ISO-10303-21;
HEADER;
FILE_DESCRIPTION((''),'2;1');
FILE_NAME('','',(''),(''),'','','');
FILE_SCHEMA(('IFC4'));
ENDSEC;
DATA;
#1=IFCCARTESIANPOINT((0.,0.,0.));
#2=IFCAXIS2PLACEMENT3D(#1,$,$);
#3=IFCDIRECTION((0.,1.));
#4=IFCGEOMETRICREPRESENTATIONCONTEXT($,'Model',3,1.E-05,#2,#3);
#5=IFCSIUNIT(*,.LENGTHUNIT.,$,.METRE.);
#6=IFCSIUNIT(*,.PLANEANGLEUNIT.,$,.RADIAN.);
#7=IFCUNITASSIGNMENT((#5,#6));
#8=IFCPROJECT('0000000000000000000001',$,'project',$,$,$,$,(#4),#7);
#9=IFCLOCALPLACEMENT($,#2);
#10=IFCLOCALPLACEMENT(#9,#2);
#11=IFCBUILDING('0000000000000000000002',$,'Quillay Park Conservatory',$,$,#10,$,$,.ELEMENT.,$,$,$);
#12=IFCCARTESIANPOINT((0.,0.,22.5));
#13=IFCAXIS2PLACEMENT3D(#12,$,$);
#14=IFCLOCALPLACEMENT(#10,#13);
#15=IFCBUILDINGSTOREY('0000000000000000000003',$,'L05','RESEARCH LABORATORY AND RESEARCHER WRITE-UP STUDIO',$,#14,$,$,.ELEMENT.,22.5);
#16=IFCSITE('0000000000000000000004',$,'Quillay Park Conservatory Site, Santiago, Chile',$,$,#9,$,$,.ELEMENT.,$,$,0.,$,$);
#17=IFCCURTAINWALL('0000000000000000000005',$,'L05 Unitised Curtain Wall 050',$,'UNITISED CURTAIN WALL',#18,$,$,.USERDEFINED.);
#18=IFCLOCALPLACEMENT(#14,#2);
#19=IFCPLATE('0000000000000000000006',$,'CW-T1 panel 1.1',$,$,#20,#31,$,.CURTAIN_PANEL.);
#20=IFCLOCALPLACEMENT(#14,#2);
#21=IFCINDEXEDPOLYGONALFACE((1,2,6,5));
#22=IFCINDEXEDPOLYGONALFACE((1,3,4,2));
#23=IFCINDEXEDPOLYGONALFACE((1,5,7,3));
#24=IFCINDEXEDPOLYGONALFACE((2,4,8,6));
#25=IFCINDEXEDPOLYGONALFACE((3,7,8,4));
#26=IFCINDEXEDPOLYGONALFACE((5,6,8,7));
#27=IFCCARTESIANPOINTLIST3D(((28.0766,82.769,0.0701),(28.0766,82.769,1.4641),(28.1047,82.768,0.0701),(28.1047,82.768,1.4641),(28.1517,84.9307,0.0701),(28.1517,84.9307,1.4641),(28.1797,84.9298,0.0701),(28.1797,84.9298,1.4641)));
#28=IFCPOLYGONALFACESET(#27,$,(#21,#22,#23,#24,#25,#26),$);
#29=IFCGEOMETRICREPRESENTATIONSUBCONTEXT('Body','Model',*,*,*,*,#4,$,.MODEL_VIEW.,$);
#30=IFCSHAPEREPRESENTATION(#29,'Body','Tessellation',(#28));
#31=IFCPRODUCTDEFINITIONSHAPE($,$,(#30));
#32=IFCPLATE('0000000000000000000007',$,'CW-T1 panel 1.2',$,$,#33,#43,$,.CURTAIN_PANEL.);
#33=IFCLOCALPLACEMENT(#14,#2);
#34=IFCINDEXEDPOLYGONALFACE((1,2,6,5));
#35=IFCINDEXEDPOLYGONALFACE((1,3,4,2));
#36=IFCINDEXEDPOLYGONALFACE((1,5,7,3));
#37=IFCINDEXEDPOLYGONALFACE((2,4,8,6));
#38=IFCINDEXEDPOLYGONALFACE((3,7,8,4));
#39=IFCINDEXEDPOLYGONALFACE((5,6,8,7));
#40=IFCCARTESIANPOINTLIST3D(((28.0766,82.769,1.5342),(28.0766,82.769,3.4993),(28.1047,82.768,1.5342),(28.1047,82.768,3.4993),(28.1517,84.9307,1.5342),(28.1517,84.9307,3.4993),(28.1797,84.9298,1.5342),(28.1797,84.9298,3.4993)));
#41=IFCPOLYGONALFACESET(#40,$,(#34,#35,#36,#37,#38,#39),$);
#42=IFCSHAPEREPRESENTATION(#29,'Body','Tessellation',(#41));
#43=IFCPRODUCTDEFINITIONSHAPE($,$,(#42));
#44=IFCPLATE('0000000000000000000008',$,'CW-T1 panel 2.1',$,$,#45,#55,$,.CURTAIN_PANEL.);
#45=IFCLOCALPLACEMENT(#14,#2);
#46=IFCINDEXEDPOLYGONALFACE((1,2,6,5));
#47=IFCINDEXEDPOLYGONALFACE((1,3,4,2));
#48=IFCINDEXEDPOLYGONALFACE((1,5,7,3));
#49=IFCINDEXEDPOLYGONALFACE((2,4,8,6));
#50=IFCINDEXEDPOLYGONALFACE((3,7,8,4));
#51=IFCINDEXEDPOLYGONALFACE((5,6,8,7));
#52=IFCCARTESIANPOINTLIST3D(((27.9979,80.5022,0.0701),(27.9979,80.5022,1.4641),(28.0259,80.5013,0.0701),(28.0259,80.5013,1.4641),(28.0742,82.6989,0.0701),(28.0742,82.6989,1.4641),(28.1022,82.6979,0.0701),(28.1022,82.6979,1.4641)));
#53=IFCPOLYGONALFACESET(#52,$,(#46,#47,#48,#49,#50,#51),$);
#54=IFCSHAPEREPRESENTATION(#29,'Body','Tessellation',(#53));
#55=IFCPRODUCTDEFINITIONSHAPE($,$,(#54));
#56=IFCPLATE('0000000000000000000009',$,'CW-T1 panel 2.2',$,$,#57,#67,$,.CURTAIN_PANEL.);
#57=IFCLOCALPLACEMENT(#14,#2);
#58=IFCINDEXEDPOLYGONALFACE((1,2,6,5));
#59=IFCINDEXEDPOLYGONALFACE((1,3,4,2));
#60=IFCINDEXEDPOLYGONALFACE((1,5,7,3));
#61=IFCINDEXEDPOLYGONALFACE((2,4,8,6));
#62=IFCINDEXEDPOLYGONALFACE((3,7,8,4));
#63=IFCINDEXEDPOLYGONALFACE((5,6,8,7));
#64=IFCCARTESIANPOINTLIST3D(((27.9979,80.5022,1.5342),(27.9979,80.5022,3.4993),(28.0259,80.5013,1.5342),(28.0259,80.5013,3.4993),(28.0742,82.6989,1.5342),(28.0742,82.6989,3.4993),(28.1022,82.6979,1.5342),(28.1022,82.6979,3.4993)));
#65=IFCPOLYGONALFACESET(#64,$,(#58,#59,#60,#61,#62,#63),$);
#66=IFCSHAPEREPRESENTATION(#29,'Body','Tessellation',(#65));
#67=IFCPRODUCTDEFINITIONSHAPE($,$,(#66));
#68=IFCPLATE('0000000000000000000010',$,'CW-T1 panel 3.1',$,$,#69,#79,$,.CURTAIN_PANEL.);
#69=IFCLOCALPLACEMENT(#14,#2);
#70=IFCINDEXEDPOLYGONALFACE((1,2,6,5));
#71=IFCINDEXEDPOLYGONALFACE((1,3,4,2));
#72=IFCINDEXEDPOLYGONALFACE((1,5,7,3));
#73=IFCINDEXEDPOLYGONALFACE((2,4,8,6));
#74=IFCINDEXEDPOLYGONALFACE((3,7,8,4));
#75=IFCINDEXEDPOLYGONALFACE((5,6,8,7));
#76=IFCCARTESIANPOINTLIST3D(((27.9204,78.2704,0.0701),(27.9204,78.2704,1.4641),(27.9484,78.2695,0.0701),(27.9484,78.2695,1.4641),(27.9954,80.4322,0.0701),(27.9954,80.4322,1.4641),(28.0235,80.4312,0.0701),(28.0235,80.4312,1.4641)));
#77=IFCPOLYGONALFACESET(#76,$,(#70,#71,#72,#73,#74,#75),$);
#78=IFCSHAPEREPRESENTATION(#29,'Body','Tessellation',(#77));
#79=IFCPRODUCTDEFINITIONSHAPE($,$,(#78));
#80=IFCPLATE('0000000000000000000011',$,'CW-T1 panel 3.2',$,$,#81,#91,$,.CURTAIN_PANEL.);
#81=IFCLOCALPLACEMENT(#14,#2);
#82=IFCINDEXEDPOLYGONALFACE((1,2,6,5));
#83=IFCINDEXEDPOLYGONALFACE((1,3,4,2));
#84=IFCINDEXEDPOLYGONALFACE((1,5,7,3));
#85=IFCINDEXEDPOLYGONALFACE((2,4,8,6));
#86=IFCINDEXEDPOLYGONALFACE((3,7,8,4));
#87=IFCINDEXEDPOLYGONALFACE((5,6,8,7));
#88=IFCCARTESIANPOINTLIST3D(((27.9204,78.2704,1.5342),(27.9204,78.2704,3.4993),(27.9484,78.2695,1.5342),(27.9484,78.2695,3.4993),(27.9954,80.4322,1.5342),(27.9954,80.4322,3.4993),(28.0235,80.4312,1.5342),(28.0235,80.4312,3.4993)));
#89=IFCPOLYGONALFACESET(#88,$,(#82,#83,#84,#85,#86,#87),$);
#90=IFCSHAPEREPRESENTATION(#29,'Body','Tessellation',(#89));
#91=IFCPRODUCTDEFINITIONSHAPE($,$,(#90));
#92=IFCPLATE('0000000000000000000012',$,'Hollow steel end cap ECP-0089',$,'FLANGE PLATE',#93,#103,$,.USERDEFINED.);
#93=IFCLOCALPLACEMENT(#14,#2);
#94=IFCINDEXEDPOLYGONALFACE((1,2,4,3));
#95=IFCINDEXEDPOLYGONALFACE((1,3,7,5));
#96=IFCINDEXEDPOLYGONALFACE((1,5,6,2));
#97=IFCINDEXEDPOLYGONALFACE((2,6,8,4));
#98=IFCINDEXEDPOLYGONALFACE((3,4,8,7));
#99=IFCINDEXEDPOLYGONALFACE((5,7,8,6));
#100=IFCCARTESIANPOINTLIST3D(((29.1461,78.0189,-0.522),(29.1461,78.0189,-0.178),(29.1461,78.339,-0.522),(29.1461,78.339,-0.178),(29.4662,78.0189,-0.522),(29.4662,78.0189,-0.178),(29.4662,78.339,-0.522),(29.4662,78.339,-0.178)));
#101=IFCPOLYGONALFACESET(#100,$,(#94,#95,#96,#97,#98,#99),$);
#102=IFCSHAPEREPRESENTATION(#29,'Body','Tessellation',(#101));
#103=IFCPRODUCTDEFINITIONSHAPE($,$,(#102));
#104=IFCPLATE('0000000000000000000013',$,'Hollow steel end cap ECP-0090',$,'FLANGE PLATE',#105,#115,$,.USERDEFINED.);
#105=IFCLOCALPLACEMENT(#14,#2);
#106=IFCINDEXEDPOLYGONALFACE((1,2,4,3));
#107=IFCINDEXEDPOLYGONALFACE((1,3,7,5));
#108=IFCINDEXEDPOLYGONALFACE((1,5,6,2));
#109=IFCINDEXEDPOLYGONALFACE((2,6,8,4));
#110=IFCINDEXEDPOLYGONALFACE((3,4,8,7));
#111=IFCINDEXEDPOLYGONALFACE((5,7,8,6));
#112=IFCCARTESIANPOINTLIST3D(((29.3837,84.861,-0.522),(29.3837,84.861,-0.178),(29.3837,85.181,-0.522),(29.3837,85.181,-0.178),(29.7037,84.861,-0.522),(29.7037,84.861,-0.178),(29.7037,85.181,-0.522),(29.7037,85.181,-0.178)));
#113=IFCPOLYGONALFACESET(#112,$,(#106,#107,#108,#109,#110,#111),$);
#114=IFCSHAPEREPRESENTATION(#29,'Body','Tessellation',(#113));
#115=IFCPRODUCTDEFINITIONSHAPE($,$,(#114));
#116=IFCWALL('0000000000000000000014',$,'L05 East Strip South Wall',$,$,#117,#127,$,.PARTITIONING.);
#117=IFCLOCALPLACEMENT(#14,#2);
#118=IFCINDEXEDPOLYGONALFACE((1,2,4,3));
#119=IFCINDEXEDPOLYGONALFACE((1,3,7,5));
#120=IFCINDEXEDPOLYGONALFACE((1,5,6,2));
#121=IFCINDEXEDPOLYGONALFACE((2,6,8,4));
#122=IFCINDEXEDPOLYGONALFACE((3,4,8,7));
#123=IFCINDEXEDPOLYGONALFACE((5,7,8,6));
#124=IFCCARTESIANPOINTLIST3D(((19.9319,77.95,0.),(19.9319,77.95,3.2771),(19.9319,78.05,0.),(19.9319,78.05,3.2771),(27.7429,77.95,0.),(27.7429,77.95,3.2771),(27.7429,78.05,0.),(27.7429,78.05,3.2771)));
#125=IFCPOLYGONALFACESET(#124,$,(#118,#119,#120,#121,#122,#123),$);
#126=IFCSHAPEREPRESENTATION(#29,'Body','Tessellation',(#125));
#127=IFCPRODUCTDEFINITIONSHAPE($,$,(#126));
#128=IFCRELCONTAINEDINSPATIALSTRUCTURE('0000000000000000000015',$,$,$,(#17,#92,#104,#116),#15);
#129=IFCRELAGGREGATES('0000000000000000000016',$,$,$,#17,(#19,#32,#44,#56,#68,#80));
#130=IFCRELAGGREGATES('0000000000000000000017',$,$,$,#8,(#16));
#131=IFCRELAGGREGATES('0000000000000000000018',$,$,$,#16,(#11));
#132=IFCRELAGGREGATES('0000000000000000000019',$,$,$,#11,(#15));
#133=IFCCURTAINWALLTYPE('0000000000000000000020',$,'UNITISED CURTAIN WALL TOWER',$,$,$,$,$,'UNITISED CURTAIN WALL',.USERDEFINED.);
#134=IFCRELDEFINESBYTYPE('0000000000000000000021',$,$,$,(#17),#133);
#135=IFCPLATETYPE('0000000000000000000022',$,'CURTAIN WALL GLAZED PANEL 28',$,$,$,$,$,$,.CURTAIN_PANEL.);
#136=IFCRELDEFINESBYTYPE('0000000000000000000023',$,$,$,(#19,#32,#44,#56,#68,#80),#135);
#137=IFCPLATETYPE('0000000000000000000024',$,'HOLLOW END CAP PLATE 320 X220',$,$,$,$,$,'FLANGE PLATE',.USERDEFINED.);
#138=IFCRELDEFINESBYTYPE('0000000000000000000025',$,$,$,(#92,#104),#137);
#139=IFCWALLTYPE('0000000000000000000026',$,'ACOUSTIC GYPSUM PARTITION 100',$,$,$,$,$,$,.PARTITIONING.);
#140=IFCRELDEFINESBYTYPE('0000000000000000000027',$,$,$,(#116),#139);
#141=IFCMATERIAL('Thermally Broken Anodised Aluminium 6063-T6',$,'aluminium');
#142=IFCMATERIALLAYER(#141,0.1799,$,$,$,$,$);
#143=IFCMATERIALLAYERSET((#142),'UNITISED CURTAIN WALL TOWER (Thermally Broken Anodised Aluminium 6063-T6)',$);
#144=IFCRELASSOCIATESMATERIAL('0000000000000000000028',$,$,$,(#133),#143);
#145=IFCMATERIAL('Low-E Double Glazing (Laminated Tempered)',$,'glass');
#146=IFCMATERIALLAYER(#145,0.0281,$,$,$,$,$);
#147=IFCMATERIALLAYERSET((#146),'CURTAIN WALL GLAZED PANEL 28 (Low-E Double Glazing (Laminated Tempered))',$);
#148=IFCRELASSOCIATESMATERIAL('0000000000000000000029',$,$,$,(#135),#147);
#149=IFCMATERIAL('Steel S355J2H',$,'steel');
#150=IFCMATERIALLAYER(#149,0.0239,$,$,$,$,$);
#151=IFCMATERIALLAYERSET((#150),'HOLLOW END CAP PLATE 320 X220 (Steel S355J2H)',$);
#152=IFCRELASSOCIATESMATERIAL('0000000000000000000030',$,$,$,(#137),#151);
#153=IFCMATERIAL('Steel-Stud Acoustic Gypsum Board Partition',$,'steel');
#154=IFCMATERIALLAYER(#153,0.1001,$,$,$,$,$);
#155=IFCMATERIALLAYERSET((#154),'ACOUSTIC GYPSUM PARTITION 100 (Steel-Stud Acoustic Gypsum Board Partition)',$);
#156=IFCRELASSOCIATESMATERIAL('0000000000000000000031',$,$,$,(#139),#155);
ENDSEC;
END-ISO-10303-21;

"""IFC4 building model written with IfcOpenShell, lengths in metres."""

from ifc_helpers import new_model, si_unit, direction, frame, frame_2d, origin, origin_2d, place, context, subcontext, project, spatial, rectangle, extrude, material, layer, layer_set, type_object, element, aggregate, save


model = new_model("IFC4")

# Units and contexts
model_context = context("Model", 3, precision=1e-05, world=origin(), true_north=direction((0.0, 1.0)))
body_context = subcontext(model_context, "Body", "Model", "MODEL_VIEW")
ifc_project = project(units=[si_unit("LENGTHUNIT", "METRE"), si_unit("PLANEANGLEUNIT", "RADIAN")], contexts=[model_context])

# Site, building, storey
site_placement = place(None, origin())
site = spatial("IfcSite", under=ifc_project, at=site_placement, Name="Quillay Park Conservatory Site, Santiago, Chile", CompositionType="ELEMENT", RefElevation=0.0)
building_placement = place(site_placement, origin())
building = spatial("IfcBuilding", under=site, at=building_placement, Name="Quillay Park Conservatory", CompositionType="ELEMENT")
storey_placement = place(building_placement, frame((0.0, 0.0, 22.5)))
storey = spatial("IfcBuildingStorey", under=building, at=storey_placement, Name="L05", Description="RESEARCH LABORATORY AND RESEARCHER WRITE-UP STUDIO", CompositionType="ELEMENT", Elevation=22.5)

# Curtain wall
ifc_material_1 = material(Name="Thermally Broken Anodised Aluminium 6063-T6", Category="aluminium")
ifc_layer_1 = layer(ifc_material_1, 0.1799)
ifc_layer_set_1 = layer_set([ifc_layer_1], Name="UNITISED CURTAIN WALL TOWER (Thermally Broken Anodised Aluminium 6063-T6)")
curtain_wall_type = type_object("IfcCurtainWallType", Name="UNITISED CURTAIN WALL TOWER", ElementType="UNITISED CURTAIN WALL", PredefinedType="USERDEFINED", material=ifc_layer_set_1)
curtain_wall_placement = place(storey_placement, origin())
curtain_wall = element("IfcCurtainWall", 1, at=curtain_wall_placement, inside=storey, type_object=curtain_wall_type, Name="L05 Unitised Curtain Wall 050", ObjectType="UNITISED CURTAIN WALL", PredefinedType="USERDEFINED")

# Plates
ifc_material_2 = material(Name="Low-E Double Glazing (Laminated Tempered)", Category="glass")
ifc_layer_2 = layer(ifc_material_2, 0.0281)
ifc_layer_set_2 = layer_set([ifc_layer_2], Name="CURTAIN WALL GLAZED PANEL 28 (Low-E Double Glazing (Laminated Tempered))")
plate_type_1 = type_object("IfcPlateType", Name="CURTAIN WALL GLAZED PANEL 28", PredefinedType="CURTAIN_PANEL", material=ifc_layer_set_2)
plate_1_placement = place(storey_placement, frame((28.1282, 83.8494, 0.0701), z_axis=(0.0, 0.0, 1.0), x_axis=(-0.034713, -0.999397, 0.0)))
plate_1 = element("IfcPlate", 2, at=plate_1_placement, type_object=plate_type_1, Name="CW-T1 panel 1.1", PredefinedType="CURTAIN_PANEL", context=body_context, shape_type="SweptSolid", body=[
    extrude(rectangle(XDim=2.1631, YDim=0.0281, at=origin_2d()), origin(), (0.0, 0.0, 1.0), 1.394),
])
plate_2_placement = place(storey_placement, frame((28.1282, 83.8494, 1.5342), z_axis=(0.0, 0.0, 1.0), x_axis=(-0.034713, -0.999397, 0.0)))
plate_2 = element("IfcPlate", 3, at=plate_2_placement, type_object=plate_type_1, Name="CW-T1 panel 1.2", PredefinedType="CURTAIN_PANEL", context=body_context, shape_type="SweptSolid", body=[
    extrude(rectangle(XDim=2.1631, YDim=0.0281, at=origin_2d()), origin(), (0.0, 0.0, 1.0), 1.9651),
])
plate_3_placement = place(storey_placement, frame((28.05, 81.6001, 0.0701), z_axis=(0.0, 0.0, 1.0), x_axis=(-0.034713, -0.999397, 0.0)))
plate_3 = element("IfcPlate", 4, at=plate_3_placement, type_object=plate_type_1, Name="CW-T1 panel 2.1", PredefinedType="CURTAIN_PANEL", context=body_context, shape_type="SweptSolid", body=[
    extrude(rectangle(XDim=2.198, YDim=0.0281, at=origin_2d()), origin(), (0.0, 0.0, 1.0), 1.394),
])
plate_4_placement = place(storey_placement, frame((28.05, 81.6001, 1.5342), z_axis=(0.0, 0.0, 1.0), x_axis=(-0.034713, -0.999397, 0.0)))
plate_4 = element("IfcPlate", 5, at=plate_4_placement, type_object=plate_type_1, Name="CW-T1 panel 2.2", PredefinedType="CURTAIN_PANEL", context=body_context, shape_type="SweptSolid", body=[
    extrude(rectangle(XDim=2.198, YDim=0.0281, at=origin_2d()), origin(), (0.0, 0.0, 1.0), 1.9651),
])
plate_5_placement = place(storey_placement, frame((27.9719, 79.3508, 0.0701), z_axis=(0.0, 0.0, 1.0), x_axis=(-0.034713, -0.999397, 0.0)))
plate_5 = element("IfcPlate", 6, at=plate_5_placement, type_object=plate_type_1, Name="CW-T1 panel 3.1", PredefinedType="CURTAIN_PANEL", context=body_context, shape_type="SweptSolid", body=[
    extrude(rectangle(XDim=2.1631, YDim=0.0281, at=origin_2d()), origin(), (0.0, 0.0, 1.0), 1.394),
])
plate_6_placement = place(storey_placement, frame((27.9719, 79.3508, 1.5342), z_axis=(0.0, 0.0, 1.0), x_axis=(-0.034713, -0.999397, 0.0)))
plate_6 = element("IfcPlate", 7, at=plate_6_placement, type_object=plate_type_1, Name="CW-T1 panel 3.2", PredefinedType="CURTAIN_PANEL", context=body_context, shape_type="SweptSolid", body=[
    extrude(rectangle(XDim=2.1631, YDim=0.0281, at=origin_2d()), origin(), (0.0, 0.0, 1.0), 1.9651),
])
aggregate(curtain_wall, [plate_1, plate_2, plate_3, plate_4, plate_5, plate_6])

# Plates
ifc_material_3 = material(Name="Steel S355J2H", Category="steel")
ifc_layer_3 = layer(ifc_material_3, 0.0239)
ifc_layer_set_3 = layer_set([ifc_layer_3], Name="HOLLOW END CAP PLATE 320 X220 (Steel S355J2H)")
plate_type_2 = type_object("IfcPlateType", Name="HOLLOW END CAP PLATE 320 X220", ElementType="FLANGE PLATE", PredefinedType="USERDEFINED", material=ifc_layer_set_3)
for number, where, z_axis, x_axis, name in (
    (8, (29.3062, 78.179, -0.522), (0.0, 0.0, 1.0), (1.0, 0.0, 0.0), "Hollow steel end cap ECP-0089"),
    (9, (29.5437, 85.021, -0.522), (0.0, 0.0, 1.0), (1.0, 0.0, 0.0), "Hollow steel end cap ECP-0090"),
):
    element("IfcPlate", number, at=place(storey_placement, frame(where, z_axis=z_axis, x_axis=x_axis)), inside=storey, type_object=plate_type_2, Name=name, ObjectType="FLANGE PLATE", PredefinedType="USERDEFINED", context=body_context, shape_type="SweptSolid", body=[
        extrude(rectangle(XDim=0.3201, YDim=0.3201, at=origin_2d()), origin(), (0.0, 0.0, 1.0), 0.344),
    ])

# Wall
ifc_material_4 = material(Name="Steel-Stud Acoustic Gypsum Board Partition", Category="steel")
ifc_layer_4 = layer(ifc_material_4, 0.1001)
ifc_layer_set_4 = layer_set([ifc_layer_4], Name="ACOUSTIC GYPSUM PARTITION 100 (Steel-Stud Acoustic Gypsum Board Partition)")
wall_type = type_object("IfcWallType", Name="ACOUSTIC GYPSUM PARTITION 100", PredefinedType="PARTITIONING", material=ifc_layer_set_4)
wall_placement = place(storey_placement, frame((27.7429, 78.0, 0.0), z_axis=(0.0, 0.0, 1.0), x_axis=(-1.0, 0.0, 0.0)))
element("IfcWall", 10, at=wall_placement, inside=storey, type_object=wall_type, Name="L05 East Strip South Wall", PredefinedType="PARTITIONING", context=body_context, shape_type="SweptSolid", body=[
    extrude(rectangle(XDim=7.811, YDim=0.1001, at=frame_2d((3.9055, 0.0))), origin(), (0.0, 0.0, 1.0), 3.2771),
])

save(model, "model.ifc")
